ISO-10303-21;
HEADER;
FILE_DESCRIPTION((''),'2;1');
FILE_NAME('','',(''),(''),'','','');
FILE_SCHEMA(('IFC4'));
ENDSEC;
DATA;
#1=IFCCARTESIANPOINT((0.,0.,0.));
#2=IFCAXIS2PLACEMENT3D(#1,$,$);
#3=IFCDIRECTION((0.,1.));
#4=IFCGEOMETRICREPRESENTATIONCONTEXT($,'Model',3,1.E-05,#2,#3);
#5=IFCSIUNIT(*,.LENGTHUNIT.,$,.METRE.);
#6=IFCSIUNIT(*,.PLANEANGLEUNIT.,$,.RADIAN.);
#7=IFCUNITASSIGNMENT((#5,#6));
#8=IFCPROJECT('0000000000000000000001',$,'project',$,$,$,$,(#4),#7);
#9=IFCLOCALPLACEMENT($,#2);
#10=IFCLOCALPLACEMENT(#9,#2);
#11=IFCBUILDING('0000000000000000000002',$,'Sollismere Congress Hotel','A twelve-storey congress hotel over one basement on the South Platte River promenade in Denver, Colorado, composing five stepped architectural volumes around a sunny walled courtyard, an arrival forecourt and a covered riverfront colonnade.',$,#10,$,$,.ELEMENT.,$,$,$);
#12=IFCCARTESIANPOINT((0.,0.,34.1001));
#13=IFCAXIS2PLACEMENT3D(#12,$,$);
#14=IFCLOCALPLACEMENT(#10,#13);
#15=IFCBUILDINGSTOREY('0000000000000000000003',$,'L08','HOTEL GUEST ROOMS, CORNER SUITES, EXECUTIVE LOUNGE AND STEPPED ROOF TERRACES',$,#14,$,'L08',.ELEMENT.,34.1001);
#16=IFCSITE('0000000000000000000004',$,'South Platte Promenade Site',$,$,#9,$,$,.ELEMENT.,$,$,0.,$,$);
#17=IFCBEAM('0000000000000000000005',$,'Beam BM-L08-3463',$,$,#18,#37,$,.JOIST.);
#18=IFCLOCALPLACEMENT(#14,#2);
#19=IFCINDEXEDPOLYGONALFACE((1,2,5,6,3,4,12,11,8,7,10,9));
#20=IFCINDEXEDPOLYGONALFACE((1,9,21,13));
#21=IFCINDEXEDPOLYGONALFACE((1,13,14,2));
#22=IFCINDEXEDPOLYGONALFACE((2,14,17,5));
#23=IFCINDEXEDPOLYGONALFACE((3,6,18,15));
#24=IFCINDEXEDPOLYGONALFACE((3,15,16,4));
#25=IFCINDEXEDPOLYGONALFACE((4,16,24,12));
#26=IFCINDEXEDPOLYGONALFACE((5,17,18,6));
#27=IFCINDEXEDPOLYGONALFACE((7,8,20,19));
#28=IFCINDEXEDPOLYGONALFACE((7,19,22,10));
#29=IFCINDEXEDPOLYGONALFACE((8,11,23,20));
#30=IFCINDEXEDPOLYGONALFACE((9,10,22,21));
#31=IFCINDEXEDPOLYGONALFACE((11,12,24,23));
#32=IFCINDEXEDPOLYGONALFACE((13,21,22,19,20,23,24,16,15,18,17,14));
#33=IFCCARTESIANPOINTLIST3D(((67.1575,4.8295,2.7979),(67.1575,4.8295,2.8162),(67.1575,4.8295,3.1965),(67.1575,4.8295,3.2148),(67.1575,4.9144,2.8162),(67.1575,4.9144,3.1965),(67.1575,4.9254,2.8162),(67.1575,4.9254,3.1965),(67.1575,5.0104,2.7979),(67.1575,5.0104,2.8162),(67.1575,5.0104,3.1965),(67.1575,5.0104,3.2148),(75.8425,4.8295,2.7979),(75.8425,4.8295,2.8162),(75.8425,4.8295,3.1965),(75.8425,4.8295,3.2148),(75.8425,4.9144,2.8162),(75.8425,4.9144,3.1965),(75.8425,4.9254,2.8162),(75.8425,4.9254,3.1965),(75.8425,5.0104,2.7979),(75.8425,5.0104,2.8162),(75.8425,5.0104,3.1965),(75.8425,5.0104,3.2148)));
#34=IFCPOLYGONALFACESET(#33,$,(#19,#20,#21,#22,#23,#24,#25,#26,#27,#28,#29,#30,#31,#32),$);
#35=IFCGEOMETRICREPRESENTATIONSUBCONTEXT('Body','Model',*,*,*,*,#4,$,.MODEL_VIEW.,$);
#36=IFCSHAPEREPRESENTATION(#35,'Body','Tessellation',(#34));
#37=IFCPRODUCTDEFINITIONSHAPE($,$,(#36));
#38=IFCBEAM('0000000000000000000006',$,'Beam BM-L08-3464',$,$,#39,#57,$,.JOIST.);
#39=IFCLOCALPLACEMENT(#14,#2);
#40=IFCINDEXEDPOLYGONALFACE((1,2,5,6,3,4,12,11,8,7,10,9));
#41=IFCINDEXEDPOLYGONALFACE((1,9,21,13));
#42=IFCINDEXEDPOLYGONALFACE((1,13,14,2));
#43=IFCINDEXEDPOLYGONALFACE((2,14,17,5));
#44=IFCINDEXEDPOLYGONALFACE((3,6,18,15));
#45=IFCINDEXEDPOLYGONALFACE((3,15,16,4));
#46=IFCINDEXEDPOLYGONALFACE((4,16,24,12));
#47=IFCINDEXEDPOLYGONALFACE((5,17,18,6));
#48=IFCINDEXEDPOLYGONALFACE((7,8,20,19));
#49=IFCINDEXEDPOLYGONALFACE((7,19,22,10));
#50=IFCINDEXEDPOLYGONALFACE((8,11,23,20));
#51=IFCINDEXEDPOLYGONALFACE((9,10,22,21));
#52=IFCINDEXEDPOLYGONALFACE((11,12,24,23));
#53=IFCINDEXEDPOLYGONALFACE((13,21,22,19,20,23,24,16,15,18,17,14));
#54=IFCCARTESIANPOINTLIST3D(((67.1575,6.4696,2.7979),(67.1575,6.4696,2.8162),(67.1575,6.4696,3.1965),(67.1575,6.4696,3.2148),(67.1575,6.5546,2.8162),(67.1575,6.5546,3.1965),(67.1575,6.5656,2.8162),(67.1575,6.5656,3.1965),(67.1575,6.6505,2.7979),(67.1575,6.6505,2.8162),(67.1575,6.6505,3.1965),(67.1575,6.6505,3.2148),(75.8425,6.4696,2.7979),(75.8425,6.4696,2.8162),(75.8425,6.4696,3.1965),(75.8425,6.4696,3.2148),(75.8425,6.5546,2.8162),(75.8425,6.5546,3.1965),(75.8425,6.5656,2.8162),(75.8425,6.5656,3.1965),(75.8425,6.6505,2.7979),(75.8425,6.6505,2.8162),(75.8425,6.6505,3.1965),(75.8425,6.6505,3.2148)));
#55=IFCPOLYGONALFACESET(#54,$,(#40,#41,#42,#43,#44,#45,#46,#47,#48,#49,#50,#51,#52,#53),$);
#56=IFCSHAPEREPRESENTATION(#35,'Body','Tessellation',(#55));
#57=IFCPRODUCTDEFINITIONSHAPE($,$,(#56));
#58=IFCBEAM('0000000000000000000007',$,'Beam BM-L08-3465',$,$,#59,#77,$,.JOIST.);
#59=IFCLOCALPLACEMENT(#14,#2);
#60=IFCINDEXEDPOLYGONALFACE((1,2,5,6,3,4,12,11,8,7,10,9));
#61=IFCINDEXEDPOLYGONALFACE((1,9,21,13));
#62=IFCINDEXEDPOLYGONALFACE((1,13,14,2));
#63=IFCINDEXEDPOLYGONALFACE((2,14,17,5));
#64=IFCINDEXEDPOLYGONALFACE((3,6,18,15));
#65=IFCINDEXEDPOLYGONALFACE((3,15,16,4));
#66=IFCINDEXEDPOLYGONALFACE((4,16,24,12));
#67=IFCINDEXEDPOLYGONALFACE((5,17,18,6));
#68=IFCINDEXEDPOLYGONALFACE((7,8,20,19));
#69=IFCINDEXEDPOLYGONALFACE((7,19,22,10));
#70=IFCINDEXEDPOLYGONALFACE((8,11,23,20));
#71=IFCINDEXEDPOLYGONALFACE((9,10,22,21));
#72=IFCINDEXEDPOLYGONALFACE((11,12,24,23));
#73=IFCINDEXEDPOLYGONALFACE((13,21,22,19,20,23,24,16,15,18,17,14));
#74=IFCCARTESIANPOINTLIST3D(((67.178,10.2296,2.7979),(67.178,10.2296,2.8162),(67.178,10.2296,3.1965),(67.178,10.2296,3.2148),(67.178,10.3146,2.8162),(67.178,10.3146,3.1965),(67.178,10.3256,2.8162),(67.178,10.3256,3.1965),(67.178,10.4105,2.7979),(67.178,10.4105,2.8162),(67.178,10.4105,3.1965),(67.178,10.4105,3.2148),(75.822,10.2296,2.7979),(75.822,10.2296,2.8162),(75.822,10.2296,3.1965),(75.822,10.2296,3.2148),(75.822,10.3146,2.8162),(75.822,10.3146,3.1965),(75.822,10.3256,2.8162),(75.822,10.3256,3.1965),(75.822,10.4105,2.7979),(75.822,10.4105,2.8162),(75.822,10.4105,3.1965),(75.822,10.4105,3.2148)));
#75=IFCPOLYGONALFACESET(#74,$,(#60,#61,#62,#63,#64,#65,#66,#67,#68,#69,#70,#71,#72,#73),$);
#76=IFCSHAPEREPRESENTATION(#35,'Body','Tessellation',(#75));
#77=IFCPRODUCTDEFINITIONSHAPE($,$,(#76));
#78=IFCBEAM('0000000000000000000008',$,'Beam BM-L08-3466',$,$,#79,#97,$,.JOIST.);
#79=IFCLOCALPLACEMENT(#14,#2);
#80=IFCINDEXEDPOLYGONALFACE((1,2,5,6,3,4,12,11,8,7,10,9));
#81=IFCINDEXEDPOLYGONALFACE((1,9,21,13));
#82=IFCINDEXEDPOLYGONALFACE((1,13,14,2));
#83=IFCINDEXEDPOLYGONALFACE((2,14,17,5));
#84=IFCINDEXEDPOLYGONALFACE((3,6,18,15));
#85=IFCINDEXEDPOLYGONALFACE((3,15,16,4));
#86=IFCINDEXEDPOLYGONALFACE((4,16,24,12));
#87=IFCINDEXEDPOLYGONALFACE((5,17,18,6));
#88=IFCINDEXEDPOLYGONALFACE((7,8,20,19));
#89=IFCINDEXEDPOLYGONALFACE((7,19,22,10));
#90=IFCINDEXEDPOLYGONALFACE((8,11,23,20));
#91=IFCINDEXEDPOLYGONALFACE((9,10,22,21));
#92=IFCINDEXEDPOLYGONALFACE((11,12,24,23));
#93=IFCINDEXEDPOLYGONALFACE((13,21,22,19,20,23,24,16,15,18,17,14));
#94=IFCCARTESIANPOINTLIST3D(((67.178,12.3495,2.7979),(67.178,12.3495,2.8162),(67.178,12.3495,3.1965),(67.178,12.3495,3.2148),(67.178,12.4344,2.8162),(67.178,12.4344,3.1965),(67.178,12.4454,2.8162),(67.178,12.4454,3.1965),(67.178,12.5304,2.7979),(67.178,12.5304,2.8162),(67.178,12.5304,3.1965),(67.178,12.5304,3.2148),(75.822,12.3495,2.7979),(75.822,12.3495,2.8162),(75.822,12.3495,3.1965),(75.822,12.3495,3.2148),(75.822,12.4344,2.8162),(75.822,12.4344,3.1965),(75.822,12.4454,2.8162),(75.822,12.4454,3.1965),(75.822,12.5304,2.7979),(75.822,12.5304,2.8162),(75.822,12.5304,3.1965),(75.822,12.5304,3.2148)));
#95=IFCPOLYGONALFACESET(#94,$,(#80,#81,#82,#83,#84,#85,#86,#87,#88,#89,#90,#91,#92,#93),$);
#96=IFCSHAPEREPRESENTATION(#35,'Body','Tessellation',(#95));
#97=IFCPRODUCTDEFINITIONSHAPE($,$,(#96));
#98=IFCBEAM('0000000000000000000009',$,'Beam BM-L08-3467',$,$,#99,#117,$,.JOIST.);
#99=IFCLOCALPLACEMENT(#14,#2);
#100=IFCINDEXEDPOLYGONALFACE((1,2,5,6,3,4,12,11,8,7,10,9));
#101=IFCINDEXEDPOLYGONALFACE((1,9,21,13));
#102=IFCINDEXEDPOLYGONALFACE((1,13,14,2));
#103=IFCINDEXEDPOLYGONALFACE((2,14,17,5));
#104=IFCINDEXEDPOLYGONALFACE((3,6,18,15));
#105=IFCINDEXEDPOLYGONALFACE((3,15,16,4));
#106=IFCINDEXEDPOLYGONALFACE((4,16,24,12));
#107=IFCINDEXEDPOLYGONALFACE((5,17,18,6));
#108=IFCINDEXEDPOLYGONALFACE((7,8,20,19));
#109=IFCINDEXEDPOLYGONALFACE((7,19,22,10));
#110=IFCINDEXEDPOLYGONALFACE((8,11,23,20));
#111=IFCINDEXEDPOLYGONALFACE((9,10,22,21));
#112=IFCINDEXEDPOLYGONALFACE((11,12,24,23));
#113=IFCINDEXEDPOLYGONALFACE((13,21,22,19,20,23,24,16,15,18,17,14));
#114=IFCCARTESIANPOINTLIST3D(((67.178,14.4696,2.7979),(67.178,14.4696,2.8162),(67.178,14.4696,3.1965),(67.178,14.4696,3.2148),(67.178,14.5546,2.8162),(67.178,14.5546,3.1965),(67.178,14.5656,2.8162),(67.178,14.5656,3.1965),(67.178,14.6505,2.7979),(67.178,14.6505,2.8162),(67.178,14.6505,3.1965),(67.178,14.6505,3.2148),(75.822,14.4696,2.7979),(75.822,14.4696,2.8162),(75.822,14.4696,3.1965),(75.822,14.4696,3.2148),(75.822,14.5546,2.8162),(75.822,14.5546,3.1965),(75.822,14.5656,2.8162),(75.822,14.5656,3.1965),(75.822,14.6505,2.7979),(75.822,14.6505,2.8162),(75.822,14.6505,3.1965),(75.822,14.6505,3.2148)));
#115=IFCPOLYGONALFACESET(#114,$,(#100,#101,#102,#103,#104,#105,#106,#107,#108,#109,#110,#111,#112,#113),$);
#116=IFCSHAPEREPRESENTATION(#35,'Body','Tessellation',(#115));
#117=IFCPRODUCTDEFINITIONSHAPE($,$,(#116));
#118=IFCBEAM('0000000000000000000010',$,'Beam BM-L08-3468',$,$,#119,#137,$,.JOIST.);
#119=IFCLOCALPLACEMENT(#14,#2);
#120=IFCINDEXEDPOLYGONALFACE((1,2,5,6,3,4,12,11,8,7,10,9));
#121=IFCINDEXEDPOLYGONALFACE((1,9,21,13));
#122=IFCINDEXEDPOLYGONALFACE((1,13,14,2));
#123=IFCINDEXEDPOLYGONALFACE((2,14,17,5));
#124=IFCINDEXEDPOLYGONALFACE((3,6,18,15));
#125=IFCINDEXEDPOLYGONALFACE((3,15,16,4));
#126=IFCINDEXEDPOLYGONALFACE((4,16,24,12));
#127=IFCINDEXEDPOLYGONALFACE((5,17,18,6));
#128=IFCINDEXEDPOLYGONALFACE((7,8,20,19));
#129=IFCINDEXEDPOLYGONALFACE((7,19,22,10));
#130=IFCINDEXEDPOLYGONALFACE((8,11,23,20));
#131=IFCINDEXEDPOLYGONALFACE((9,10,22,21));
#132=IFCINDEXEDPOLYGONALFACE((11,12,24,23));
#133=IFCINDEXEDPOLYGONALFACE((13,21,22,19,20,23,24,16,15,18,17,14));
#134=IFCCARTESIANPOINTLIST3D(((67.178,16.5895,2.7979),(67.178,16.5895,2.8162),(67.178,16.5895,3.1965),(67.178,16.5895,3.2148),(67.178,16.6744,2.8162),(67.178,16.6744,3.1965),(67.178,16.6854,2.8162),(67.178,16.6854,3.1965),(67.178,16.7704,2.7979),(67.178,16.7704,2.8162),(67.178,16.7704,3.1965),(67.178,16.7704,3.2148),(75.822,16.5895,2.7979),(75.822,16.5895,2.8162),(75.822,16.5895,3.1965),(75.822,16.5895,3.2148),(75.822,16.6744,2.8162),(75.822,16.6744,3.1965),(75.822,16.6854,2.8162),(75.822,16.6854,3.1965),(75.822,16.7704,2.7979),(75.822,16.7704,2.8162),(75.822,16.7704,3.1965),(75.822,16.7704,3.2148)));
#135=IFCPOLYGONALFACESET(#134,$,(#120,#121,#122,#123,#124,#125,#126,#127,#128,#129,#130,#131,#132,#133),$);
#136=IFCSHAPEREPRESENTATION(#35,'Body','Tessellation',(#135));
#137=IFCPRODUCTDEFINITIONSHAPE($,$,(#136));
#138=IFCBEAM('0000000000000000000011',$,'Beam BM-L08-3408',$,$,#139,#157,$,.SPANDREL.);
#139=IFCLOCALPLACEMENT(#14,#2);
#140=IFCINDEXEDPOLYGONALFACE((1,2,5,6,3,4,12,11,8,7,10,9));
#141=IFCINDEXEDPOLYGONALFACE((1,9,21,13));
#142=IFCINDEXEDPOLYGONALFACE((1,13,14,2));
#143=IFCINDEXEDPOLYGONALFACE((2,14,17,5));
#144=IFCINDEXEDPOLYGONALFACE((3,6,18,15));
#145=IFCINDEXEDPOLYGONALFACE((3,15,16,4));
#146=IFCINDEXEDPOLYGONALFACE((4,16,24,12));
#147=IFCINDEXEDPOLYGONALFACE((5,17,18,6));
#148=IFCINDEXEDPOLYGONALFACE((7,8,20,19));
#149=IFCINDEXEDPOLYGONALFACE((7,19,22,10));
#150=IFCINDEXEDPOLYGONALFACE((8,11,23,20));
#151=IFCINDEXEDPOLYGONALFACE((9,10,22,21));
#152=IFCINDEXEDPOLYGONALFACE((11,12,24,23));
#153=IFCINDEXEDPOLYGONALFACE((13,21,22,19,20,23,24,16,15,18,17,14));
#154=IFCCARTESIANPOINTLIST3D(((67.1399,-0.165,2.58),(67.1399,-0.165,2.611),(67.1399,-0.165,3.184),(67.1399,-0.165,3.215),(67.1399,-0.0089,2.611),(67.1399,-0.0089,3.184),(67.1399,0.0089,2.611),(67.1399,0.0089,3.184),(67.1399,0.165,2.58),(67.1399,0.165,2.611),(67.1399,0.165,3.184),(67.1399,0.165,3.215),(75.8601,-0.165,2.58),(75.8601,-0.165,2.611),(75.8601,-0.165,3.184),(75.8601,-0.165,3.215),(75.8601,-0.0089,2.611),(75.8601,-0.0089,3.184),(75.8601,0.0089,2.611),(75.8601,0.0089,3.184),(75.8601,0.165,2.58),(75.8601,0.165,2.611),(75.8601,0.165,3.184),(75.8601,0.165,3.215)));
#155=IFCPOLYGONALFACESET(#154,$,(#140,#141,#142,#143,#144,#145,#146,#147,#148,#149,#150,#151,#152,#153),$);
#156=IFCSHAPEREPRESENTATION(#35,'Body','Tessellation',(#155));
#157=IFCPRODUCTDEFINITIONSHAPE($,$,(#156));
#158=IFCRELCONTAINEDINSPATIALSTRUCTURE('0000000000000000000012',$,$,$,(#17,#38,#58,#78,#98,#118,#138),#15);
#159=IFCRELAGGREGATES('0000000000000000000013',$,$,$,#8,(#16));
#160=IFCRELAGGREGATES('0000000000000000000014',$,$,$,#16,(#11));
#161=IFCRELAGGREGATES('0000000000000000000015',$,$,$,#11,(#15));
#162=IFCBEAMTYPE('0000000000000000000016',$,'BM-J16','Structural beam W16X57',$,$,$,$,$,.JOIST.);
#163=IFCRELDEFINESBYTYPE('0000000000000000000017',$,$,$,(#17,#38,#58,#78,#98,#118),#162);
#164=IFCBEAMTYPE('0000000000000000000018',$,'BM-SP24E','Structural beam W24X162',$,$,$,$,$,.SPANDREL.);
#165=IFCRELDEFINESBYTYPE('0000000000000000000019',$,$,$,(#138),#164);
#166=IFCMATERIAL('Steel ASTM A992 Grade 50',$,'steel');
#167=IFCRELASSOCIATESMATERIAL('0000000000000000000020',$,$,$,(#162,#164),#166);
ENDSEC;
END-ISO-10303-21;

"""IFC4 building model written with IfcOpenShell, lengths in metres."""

from ifc_helpers import new_model, si_unit, direction, frame, origin, origin_2d, place, context, subcontext, project, spatial, i_section, extrude, material, material_profile, profile_set, type_object, element, save


model = new_model("IFC4")

# Units and contexts
model_context = context("Model", 3, precision=1e-05, world=origin(), true_north=direction((0.0, 1.0)))
body_context = subcontext(model_context, "Body", "Model", "MODEL_VIEW")
ifc_project = project(units=[si_unit("LENGTHUNIT", "METRE"), si_unit("PLANEANGLEUNIT", "RADIAN")], contexts=[model_context])

# Site, building, storey
site_placement = place(None, origin())
site = spatial("IfcSite", under=ifc_project, at=site_placement, Name="South Platte Promenade Site", CompositionType="ELEMENT", RefElevation=0.0)
building_placement = place(site_placement, origin())
building = spatial("IfcBuilding", under=site, at=building_placement, Name="Sollismere Congress Hotel", Description="A twelve-storey congress hotel over one basement on the South Platte River promenade in Denver, Colorado, composing five stepped architectural volumes around a sunny walled courtyard, an arrival forecourt and a covered riverfront colonnade.", CompositionType="ELEMENT")
storey_placement = place(building_placement, frame((0.0, 0.0, 34.1001)))
storey = spatial("IfcBuildingStorey", under=building, at=storey_placement, Name="L08", Description="HOTEL GUEST ROOMS, CORNER SUITES, EXECUTIVE LOUNGE AND STEPPED ROOF TERRACES", LongName="L08", CompositionType="ELEMENT", Elevation=34.1001)

# Shared definitions
ifc_material_1 = material(Name="Steel ASTM A992 Grade 50", Category="steel")

# Beams
ifc_material_profile_1 = material_profile(ifc_material_1, i_section(OverallWidth=0.1809, OverallDepth=0.417, WebThickness=0.011, FlangeThickness=0.0183, at=origin_2d()), Name="W16X57")
ifc_profile_set_1 = profile_set([ifc_material_profile_1], Name="Steel ASTM A992 Grade 50")
beam_type_1 = type_object("IfcBeamType", Name="BM-J16", Description="Structural beam W16X57", PredefinedType="JOIST", material=ifc_profile_set_1)
for number, where, z_axis, x_axis, name in (
    (1, (67.1575, 4.9199, 3.0063), (1.0, 0.0, 0.0), (0.0, 1.0, 0.0), "Beam BM-L08-3463"),
    (2, (67.1575, 6.5601, 3.0063), (1.0, 0.0, 0.0), (0.0, 1.0, 0.0), "Beam BM-L08-3464"),
):
    element("IfcBeam", number, at=place(storey_placement, frame(where, z_axis=z_axis, x_axis=x_axis)), inside=storey, type_object=beam_type_1, Name=name, PredefinedType="JOIST", context=body_context, shape_type="SweptSolid", body=[
        extrude(i_section(OverallWidth=0.1809, OverallDepth=0.417, WebThickness=0.011, FlangeThickness=0.0183, at=origin_2d()), origin(), (0.0, 0.0, 1.0), 8.6851),
    ])
for number, where, z_axis, x_axis, name in (
    (3, (67.178, 10.3201, 3.0063), (1.0, 0.0, 0.0), (0.0, 1.0, 0.0), "Beam BM-L08-3465"),
    (4, (67.178, 12.4399, 3.0063), (1.0, 0.0, 0.0), (0.0, 1.0, 0.0), "Beam BM-L08-3466"),
    (5, (67.178, 14.5601, 3.0063), (1.0, 0.0, 0.0), (0.0, 1.0, 0.0), "Beam BM-L08-3467"),
    (6, (67.178, 16.6799, 3.0063), (1.0, 0.0, 0.0), (0.0, 1.0, 0.0), "Beam BM-L08-3468"),
):
    element("IfcBeam", number, at=place(storey_placement, frame(where, z_axis=z_axis, x_axis=x_axis)), inside=storey, type_object=beam_type_1, Name=name, PredefinedType="JOIST", context=body_context, shape_type="SweptSolid", body=[
        extrude(i_section(OverallWidth=0.1809, OverallDepth=0.417, WebThickness=0.011, FlangeThickness=0.0183, at=origin_2d()), origin(), (0.0, 0.0, 1.0), 8.644),
    ])
ifc_material_profile_2 = material_profile(ifc_material_1, i_section(OverallWidth=0.3301, OverallDepth=0.635, WebThickness=0.0178, FlangeThickness=0.031, at=origin_2d()), Name="W24X162")
ifc_profile_set_2 = profile_set([ifc_material_profile_2], Name="Steel ASTM A992 Grade 50")
beam_type_2 = type_object("IfcBeamType", Name="BM-SP24E", Description="Structural beam W24X162", PredefinedType="SPANDREL", material=ifc_profile_set_2)
beam_1_placement = place(storey_placement, frame((67.1399, 0.0, 2.8975), z_axis=(1.0, 0.0, 0.0), x_axis=(0.0, 1.0, 0.0)))
element("IfcBeam", 7, at=beam_1_placement, inside=storey, type_object=beam_type_2, Name="Beam BM-L08-3408", PredefinedType="SPANDREL", context=body_context, shape_type="SweptSolid", body=[
    extrude(i_section(OverallWidth=0.3301, OverallDepth=0.635, WebThickness=0.0178, FlangeThickness=0.031, at=origin_2d()), origin(), (0.0, 0.0, 1.0), 8.7202),
])

save(model, "model.ifc")
